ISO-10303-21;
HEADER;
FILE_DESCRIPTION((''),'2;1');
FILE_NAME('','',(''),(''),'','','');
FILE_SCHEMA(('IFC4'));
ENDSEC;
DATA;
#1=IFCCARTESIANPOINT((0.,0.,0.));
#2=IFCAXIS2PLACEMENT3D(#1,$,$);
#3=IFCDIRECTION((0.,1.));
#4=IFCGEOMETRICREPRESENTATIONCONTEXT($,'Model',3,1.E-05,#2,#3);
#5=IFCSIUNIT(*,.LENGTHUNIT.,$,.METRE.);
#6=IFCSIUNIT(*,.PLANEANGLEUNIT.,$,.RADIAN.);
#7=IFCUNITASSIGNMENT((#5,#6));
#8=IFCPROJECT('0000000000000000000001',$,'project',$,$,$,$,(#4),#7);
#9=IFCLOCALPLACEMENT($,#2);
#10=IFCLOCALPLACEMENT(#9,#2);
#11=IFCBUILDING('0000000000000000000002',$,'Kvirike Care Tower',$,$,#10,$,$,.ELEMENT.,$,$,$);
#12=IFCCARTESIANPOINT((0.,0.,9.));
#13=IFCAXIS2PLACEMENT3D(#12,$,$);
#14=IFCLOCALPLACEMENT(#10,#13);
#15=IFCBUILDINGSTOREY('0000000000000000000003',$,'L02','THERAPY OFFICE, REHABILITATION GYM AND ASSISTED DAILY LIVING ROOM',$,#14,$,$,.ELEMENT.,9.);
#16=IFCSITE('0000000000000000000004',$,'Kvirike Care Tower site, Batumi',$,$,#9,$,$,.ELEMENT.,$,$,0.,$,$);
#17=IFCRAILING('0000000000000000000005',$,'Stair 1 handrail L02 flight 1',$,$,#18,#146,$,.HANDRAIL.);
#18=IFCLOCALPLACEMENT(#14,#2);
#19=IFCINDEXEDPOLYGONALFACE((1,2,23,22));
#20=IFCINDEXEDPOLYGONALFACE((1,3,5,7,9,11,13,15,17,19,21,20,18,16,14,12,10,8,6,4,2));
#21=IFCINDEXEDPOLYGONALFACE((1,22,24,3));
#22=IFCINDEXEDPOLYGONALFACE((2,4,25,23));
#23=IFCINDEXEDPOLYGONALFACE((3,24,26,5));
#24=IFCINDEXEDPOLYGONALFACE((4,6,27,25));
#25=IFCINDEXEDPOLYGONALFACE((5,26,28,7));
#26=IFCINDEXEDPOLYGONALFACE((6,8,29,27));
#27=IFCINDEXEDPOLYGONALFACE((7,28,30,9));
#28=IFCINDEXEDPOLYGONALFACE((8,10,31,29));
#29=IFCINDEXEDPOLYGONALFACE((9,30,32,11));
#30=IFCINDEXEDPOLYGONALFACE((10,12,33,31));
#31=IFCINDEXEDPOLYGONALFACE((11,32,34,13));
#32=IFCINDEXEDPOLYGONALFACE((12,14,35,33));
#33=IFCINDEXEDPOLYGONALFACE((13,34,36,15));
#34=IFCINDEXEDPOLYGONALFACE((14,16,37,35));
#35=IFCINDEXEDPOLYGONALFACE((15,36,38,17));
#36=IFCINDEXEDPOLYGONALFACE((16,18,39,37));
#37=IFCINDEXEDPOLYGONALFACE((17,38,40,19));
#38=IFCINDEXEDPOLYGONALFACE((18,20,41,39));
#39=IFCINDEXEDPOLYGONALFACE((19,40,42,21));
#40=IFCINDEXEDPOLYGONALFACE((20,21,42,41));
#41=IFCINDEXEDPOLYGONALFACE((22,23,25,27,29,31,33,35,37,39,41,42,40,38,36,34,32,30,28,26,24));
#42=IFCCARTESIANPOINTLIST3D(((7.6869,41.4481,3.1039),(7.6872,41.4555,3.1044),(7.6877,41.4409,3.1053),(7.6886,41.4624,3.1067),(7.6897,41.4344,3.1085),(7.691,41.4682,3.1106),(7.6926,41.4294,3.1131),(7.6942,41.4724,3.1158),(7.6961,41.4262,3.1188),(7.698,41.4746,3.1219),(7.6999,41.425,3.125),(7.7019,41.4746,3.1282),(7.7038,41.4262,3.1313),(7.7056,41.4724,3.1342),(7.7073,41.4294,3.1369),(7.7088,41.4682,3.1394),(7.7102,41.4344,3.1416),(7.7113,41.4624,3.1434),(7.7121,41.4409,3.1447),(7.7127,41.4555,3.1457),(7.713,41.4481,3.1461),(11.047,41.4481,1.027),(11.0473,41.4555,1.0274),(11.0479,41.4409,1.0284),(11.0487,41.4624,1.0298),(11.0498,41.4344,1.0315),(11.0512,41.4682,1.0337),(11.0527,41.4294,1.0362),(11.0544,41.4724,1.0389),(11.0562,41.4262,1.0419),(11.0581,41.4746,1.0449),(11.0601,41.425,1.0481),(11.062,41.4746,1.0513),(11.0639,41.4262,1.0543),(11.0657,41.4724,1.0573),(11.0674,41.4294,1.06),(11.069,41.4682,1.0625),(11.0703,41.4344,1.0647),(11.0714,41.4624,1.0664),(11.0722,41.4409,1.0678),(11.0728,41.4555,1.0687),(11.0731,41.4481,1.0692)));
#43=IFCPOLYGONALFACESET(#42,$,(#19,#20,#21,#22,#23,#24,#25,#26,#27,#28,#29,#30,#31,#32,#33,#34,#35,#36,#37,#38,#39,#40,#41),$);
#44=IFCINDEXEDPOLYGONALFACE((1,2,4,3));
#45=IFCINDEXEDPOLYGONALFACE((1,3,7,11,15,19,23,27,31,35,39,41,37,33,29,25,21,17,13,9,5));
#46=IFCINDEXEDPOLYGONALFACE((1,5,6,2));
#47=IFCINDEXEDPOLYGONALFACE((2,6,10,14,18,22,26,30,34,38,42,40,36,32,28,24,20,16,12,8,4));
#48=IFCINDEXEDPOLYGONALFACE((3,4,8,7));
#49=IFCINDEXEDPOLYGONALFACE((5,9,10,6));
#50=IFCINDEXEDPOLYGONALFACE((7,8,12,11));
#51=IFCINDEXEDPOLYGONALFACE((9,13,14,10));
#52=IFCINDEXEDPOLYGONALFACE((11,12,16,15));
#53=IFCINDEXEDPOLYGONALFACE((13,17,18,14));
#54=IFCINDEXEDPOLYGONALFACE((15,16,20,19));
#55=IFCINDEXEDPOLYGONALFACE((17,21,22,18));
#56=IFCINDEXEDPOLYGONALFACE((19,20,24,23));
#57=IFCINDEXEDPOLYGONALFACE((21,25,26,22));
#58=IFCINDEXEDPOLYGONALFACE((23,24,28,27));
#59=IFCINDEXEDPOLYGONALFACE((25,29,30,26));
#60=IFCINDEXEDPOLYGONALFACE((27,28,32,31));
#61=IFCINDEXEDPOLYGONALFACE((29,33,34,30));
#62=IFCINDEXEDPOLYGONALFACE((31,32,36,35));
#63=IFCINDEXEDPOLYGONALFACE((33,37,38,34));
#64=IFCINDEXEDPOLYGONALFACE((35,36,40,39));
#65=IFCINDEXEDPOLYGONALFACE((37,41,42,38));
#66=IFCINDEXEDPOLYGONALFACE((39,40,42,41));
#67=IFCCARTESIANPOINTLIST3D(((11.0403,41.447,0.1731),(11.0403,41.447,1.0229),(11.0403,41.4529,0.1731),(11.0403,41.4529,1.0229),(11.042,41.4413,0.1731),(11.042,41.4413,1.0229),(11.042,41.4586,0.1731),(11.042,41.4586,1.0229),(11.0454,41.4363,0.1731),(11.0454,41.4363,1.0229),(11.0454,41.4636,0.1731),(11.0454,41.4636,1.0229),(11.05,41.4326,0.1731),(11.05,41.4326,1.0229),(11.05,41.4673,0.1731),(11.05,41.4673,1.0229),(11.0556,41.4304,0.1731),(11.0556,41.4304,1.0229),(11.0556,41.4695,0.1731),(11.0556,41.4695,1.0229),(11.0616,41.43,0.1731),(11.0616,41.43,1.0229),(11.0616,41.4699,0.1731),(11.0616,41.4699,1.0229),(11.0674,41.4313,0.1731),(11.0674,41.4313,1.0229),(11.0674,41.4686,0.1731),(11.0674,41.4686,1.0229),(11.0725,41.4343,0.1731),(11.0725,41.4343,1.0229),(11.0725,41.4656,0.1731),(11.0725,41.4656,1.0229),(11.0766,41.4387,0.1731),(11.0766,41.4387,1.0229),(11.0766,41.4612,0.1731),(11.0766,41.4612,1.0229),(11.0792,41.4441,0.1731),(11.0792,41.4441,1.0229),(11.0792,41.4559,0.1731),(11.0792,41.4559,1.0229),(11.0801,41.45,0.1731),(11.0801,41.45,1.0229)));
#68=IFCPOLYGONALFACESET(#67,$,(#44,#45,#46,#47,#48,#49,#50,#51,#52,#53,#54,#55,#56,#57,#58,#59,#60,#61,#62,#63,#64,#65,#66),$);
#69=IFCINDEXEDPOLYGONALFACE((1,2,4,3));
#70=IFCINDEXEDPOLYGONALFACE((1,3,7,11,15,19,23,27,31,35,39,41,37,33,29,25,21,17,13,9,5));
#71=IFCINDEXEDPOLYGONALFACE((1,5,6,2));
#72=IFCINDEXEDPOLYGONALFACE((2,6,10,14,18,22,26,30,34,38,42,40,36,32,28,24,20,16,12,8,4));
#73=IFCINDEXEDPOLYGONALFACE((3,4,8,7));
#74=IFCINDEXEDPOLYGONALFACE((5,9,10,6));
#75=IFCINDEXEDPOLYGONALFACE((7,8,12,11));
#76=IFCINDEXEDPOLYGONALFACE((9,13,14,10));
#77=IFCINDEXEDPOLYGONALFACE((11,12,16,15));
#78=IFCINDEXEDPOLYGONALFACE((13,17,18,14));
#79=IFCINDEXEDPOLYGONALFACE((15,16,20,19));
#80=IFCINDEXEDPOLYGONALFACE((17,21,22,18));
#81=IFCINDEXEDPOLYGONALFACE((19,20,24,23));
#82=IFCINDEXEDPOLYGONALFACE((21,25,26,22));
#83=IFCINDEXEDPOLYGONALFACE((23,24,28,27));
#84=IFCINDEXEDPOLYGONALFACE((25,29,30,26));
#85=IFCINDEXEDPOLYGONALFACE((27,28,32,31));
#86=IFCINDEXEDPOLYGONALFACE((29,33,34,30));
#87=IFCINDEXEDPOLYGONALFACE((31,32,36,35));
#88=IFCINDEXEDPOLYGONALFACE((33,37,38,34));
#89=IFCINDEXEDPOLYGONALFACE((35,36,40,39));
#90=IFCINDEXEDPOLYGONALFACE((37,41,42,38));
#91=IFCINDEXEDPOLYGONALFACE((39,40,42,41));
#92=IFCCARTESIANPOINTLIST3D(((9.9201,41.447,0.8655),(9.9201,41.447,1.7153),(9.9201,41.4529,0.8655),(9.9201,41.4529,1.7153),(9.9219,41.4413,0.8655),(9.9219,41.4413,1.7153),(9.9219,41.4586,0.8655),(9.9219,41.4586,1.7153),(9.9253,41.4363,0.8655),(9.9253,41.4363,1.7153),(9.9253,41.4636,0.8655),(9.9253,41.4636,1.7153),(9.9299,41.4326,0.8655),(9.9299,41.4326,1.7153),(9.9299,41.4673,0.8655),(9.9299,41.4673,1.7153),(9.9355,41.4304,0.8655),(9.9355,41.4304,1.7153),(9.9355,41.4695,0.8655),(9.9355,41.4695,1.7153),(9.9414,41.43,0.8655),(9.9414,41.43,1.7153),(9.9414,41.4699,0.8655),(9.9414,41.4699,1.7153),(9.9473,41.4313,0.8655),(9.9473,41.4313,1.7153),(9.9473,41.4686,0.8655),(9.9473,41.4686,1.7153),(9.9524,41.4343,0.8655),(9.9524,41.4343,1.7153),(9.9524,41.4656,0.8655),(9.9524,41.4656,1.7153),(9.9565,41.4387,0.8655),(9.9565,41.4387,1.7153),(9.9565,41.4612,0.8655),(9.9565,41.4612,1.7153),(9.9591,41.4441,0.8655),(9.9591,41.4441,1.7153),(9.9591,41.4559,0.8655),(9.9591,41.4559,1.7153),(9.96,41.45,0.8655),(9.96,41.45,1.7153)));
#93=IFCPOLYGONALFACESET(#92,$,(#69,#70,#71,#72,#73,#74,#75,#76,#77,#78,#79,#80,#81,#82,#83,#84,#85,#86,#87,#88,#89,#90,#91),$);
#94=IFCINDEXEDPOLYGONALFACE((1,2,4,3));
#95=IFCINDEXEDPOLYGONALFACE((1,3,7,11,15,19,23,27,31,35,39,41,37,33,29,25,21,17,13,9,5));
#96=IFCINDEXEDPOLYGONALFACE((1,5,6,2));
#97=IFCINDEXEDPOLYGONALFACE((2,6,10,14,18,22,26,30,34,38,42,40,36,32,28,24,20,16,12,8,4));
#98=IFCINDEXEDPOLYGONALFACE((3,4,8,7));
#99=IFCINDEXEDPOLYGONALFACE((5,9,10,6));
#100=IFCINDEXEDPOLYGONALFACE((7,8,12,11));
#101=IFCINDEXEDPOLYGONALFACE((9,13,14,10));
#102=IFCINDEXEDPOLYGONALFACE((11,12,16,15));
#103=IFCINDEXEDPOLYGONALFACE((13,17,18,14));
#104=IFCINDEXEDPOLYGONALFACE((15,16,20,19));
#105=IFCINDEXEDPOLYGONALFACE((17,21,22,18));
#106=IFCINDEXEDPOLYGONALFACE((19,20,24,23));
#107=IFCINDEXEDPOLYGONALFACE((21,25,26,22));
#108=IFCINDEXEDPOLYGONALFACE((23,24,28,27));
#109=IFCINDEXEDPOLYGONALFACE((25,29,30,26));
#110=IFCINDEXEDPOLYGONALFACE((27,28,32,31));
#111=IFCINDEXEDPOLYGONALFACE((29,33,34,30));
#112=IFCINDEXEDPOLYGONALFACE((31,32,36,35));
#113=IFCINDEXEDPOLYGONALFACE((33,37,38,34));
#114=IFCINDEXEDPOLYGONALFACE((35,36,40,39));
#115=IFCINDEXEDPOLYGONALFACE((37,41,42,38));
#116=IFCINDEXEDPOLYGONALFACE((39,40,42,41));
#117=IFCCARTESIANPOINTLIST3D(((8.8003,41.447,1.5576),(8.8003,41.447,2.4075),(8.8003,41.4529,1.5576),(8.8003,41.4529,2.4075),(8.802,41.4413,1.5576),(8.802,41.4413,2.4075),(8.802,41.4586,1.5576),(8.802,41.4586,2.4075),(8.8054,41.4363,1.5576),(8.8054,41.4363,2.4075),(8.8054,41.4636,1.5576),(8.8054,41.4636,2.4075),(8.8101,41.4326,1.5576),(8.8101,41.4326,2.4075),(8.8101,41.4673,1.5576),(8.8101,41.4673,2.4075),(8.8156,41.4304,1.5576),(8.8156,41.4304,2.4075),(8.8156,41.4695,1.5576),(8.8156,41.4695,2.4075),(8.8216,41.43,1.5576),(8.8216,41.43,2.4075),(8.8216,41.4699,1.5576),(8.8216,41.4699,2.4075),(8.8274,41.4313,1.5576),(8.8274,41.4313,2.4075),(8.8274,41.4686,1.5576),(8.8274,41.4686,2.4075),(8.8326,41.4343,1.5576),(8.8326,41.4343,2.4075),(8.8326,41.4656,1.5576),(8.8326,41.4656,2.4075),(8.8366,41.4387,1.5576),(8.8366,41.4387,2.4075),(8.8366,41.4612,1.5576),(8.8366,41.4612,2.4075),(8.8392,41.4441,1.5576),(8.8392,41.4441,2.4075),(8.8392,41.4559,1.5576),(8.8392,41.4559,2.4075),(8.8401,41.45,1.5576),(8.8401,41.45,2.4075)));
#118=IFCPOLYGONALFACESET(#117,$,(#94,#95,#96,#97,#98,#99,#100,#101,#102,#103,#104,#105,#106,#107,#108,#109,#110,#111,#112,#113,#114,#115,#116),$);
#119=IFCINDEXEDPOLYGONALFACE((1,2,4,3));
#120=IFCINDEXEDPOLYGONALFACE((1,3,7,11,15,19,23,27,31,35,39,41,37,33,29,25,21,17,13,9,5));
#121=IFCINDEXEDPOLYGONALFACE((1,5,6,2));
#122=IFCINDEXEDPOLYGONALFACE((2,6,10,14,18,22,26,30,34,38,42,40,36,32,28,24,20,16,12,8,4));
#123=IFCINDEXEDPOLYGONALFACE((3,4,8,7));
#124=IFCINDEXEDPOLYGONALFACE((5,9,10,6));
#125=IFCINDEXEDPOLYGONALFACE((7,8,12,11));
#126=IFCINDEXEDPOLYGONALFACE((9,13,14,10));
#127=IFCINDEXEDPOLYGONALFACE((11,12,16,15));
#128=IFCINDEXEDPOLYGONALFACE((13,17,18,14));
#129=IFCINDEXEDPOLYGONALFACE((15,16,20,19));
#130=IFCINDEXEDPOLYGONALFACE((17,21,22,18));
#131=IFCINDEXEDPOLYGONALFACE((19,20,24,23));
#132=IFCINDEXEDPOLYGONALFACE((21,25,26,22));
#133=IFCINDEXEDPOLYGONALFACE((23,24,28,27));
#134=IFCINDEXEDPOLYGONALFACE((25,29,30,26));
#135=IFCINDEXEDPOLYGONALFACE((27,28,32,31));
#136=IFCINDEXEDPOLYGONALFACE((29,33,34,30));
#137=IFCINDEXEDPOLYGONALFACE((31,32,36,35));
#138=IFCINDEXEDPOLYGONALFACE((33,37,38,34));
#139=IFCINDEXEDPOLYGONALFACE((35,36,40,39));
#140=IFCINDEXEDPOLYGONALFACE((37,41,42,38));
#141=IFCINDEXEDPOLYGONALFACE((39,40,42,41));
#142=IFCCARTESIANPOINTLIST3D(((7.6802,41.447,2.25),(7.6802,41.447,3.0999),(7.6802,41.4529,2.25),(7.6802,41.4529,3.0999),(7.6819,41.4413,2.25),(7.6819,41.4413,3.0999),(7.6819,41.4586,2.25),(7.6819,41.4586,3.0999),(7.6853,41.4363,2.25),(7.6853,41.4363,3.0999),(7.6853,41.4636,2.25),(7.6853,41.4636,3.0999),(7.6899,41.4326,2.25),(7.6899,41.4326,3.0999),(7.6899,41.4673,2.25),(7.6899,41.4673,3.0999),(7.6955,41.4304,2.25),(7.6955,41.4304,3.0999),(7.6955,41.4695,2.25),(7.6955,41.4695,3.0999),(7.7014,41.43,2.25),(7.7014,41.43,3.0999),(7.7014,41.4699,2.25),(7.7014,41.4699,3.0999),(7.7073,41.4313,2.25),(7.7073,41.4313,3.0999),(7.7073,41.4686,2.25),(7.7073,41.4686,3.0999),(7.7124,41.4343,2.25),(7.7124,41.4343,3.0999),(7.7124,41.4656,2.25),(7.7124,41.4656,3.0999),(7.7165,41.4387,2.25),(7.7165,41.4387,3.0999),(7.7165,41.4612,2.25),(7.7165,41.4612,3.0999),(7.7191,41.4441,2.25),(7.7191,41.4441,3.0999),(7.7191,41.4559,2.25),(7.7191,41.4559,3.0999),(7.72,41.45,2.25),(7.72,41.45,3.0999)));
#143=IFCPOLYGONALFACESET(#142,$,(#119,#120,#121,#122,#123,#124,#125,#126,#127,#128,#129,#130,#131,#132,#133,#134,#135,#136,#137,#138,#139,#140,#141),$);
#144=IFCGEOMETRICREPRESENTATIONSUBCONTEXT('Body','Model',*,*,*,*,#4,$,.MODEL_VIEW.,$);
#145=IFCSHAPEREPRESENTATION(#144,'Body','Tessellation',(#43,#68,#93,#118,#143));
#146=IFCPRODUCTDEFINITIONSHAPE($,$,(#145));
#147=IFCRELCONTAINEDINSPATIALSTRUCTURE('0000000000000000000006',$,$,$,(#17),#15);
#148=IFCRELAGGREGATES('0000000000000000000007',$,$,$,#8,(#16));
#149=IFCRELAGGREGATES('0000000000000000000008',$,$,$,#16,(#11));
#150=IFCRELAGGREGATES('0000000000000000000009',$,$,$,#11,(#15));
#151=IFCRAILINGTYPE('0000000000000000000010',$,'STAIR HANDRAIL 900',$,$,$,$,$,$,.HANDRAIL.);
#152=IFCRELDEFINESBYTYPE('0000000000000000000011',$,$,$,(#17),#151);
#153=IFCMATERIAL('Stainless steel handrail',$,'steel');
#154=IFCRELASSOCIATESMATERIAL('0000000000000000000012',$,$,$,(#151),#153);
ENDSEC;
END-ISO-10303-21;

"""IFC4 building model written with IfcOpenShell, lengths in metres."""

from ifc_helpers import new_model, si_unit, direction, frame, origin, origin_2d, place, context, subcontext, project, spatial, circle, extrude, material, type_object, element, save


model = new_model("IFC4")

# Units and contexts
model_context = context("Model", 3, precision=1e-05, world=origin(), true_north=direction((0.0, 1.0)))
body_context = subcontext(model_context, "Body", "Model", "MODEL_VIEW")
ifc_project = project(units=[si_unit("LENGTHUNIT", "METRE"), si_unit("PLANEANGLEUNIT", "RADIAN")], contexts=[model_context])

# Site, building, storey
site_placement = place(None, origin())
site = spatial("IfcSite", under=ifc_project, at=site_placement, Name="Kvirike Care Tower site, Batumi", CompositionType="ELEMENT", RefElevation=0.0)
building_placement = place(site_placement, origin())
building = spatial("IfcBuilding", under=site, at=building_placement, Name="Kvirike Care Tower", CompositionType="ELEMENT")
storey_placement = place(building_placement, frame((0.0, 0.0, 9.0)))
storey = spatial("IfcBuildingStorey", under=building, at=storey_placement, Name="L02", Description="THERAPY OFFICE, REHABILITATION GYM AND ASSISTED DAILY LIVING ROOM", CompositionType="ELEMENT", Elevation=9.0)

# Railing
ifc_material_1 = material(Name="Stainless steel handrail", Category="steel")
railing_type = type_object("IfcRailingType", Name="STAIR HANDRAIL 900", PredefinedType="HANDRAIL", material=ifc_material_1)
railing_1_placement = place(storey_placement, frame((11.0601, 41.45, 0.1731)))
element("IfcRailing", 1, at=railing_1_placement, inside=storey, type_object=railing_type, Name="Stair 1 handrail L02 flight 1", PredefinedType="HANDRAIL", context=body_context, shape_type="SweptSolid", body=[
    extrude(circle(Radius=0.0249, at=origin_2d()), frame((0.0, 0.0, 0.875), z_axis=(-0.850623, 0.0, 0.525776), x_axis=(0.0, -1.0, 0.0)), (0.0, 0.0, 1.0), 3.9502),
    extrude(circle(Radius=0.02, at=origin_2d()), origin(), (0.0, 0.0, 1.0), 0.8499),
    extrude(circle(Radius=0.02, at=origin_2d()), frame((-1.1201, 0.0, 0.6924)), (0.0, 0.0, 1.0), 0.8499),
    extrude(circle(Radius=0.02, at=origin_2d()), frame((-2.24, 0.0, 1.3845)), (0.0, 0.0, 1.0), 0.8499),
    extrude(circle(Radius=0.02, at=origin_2d()), frame((-3.3601, 0.0, 2.0769)), (0.0, 0.0, 1.0), 0.8499),
])

save(model, "model.ifc")
